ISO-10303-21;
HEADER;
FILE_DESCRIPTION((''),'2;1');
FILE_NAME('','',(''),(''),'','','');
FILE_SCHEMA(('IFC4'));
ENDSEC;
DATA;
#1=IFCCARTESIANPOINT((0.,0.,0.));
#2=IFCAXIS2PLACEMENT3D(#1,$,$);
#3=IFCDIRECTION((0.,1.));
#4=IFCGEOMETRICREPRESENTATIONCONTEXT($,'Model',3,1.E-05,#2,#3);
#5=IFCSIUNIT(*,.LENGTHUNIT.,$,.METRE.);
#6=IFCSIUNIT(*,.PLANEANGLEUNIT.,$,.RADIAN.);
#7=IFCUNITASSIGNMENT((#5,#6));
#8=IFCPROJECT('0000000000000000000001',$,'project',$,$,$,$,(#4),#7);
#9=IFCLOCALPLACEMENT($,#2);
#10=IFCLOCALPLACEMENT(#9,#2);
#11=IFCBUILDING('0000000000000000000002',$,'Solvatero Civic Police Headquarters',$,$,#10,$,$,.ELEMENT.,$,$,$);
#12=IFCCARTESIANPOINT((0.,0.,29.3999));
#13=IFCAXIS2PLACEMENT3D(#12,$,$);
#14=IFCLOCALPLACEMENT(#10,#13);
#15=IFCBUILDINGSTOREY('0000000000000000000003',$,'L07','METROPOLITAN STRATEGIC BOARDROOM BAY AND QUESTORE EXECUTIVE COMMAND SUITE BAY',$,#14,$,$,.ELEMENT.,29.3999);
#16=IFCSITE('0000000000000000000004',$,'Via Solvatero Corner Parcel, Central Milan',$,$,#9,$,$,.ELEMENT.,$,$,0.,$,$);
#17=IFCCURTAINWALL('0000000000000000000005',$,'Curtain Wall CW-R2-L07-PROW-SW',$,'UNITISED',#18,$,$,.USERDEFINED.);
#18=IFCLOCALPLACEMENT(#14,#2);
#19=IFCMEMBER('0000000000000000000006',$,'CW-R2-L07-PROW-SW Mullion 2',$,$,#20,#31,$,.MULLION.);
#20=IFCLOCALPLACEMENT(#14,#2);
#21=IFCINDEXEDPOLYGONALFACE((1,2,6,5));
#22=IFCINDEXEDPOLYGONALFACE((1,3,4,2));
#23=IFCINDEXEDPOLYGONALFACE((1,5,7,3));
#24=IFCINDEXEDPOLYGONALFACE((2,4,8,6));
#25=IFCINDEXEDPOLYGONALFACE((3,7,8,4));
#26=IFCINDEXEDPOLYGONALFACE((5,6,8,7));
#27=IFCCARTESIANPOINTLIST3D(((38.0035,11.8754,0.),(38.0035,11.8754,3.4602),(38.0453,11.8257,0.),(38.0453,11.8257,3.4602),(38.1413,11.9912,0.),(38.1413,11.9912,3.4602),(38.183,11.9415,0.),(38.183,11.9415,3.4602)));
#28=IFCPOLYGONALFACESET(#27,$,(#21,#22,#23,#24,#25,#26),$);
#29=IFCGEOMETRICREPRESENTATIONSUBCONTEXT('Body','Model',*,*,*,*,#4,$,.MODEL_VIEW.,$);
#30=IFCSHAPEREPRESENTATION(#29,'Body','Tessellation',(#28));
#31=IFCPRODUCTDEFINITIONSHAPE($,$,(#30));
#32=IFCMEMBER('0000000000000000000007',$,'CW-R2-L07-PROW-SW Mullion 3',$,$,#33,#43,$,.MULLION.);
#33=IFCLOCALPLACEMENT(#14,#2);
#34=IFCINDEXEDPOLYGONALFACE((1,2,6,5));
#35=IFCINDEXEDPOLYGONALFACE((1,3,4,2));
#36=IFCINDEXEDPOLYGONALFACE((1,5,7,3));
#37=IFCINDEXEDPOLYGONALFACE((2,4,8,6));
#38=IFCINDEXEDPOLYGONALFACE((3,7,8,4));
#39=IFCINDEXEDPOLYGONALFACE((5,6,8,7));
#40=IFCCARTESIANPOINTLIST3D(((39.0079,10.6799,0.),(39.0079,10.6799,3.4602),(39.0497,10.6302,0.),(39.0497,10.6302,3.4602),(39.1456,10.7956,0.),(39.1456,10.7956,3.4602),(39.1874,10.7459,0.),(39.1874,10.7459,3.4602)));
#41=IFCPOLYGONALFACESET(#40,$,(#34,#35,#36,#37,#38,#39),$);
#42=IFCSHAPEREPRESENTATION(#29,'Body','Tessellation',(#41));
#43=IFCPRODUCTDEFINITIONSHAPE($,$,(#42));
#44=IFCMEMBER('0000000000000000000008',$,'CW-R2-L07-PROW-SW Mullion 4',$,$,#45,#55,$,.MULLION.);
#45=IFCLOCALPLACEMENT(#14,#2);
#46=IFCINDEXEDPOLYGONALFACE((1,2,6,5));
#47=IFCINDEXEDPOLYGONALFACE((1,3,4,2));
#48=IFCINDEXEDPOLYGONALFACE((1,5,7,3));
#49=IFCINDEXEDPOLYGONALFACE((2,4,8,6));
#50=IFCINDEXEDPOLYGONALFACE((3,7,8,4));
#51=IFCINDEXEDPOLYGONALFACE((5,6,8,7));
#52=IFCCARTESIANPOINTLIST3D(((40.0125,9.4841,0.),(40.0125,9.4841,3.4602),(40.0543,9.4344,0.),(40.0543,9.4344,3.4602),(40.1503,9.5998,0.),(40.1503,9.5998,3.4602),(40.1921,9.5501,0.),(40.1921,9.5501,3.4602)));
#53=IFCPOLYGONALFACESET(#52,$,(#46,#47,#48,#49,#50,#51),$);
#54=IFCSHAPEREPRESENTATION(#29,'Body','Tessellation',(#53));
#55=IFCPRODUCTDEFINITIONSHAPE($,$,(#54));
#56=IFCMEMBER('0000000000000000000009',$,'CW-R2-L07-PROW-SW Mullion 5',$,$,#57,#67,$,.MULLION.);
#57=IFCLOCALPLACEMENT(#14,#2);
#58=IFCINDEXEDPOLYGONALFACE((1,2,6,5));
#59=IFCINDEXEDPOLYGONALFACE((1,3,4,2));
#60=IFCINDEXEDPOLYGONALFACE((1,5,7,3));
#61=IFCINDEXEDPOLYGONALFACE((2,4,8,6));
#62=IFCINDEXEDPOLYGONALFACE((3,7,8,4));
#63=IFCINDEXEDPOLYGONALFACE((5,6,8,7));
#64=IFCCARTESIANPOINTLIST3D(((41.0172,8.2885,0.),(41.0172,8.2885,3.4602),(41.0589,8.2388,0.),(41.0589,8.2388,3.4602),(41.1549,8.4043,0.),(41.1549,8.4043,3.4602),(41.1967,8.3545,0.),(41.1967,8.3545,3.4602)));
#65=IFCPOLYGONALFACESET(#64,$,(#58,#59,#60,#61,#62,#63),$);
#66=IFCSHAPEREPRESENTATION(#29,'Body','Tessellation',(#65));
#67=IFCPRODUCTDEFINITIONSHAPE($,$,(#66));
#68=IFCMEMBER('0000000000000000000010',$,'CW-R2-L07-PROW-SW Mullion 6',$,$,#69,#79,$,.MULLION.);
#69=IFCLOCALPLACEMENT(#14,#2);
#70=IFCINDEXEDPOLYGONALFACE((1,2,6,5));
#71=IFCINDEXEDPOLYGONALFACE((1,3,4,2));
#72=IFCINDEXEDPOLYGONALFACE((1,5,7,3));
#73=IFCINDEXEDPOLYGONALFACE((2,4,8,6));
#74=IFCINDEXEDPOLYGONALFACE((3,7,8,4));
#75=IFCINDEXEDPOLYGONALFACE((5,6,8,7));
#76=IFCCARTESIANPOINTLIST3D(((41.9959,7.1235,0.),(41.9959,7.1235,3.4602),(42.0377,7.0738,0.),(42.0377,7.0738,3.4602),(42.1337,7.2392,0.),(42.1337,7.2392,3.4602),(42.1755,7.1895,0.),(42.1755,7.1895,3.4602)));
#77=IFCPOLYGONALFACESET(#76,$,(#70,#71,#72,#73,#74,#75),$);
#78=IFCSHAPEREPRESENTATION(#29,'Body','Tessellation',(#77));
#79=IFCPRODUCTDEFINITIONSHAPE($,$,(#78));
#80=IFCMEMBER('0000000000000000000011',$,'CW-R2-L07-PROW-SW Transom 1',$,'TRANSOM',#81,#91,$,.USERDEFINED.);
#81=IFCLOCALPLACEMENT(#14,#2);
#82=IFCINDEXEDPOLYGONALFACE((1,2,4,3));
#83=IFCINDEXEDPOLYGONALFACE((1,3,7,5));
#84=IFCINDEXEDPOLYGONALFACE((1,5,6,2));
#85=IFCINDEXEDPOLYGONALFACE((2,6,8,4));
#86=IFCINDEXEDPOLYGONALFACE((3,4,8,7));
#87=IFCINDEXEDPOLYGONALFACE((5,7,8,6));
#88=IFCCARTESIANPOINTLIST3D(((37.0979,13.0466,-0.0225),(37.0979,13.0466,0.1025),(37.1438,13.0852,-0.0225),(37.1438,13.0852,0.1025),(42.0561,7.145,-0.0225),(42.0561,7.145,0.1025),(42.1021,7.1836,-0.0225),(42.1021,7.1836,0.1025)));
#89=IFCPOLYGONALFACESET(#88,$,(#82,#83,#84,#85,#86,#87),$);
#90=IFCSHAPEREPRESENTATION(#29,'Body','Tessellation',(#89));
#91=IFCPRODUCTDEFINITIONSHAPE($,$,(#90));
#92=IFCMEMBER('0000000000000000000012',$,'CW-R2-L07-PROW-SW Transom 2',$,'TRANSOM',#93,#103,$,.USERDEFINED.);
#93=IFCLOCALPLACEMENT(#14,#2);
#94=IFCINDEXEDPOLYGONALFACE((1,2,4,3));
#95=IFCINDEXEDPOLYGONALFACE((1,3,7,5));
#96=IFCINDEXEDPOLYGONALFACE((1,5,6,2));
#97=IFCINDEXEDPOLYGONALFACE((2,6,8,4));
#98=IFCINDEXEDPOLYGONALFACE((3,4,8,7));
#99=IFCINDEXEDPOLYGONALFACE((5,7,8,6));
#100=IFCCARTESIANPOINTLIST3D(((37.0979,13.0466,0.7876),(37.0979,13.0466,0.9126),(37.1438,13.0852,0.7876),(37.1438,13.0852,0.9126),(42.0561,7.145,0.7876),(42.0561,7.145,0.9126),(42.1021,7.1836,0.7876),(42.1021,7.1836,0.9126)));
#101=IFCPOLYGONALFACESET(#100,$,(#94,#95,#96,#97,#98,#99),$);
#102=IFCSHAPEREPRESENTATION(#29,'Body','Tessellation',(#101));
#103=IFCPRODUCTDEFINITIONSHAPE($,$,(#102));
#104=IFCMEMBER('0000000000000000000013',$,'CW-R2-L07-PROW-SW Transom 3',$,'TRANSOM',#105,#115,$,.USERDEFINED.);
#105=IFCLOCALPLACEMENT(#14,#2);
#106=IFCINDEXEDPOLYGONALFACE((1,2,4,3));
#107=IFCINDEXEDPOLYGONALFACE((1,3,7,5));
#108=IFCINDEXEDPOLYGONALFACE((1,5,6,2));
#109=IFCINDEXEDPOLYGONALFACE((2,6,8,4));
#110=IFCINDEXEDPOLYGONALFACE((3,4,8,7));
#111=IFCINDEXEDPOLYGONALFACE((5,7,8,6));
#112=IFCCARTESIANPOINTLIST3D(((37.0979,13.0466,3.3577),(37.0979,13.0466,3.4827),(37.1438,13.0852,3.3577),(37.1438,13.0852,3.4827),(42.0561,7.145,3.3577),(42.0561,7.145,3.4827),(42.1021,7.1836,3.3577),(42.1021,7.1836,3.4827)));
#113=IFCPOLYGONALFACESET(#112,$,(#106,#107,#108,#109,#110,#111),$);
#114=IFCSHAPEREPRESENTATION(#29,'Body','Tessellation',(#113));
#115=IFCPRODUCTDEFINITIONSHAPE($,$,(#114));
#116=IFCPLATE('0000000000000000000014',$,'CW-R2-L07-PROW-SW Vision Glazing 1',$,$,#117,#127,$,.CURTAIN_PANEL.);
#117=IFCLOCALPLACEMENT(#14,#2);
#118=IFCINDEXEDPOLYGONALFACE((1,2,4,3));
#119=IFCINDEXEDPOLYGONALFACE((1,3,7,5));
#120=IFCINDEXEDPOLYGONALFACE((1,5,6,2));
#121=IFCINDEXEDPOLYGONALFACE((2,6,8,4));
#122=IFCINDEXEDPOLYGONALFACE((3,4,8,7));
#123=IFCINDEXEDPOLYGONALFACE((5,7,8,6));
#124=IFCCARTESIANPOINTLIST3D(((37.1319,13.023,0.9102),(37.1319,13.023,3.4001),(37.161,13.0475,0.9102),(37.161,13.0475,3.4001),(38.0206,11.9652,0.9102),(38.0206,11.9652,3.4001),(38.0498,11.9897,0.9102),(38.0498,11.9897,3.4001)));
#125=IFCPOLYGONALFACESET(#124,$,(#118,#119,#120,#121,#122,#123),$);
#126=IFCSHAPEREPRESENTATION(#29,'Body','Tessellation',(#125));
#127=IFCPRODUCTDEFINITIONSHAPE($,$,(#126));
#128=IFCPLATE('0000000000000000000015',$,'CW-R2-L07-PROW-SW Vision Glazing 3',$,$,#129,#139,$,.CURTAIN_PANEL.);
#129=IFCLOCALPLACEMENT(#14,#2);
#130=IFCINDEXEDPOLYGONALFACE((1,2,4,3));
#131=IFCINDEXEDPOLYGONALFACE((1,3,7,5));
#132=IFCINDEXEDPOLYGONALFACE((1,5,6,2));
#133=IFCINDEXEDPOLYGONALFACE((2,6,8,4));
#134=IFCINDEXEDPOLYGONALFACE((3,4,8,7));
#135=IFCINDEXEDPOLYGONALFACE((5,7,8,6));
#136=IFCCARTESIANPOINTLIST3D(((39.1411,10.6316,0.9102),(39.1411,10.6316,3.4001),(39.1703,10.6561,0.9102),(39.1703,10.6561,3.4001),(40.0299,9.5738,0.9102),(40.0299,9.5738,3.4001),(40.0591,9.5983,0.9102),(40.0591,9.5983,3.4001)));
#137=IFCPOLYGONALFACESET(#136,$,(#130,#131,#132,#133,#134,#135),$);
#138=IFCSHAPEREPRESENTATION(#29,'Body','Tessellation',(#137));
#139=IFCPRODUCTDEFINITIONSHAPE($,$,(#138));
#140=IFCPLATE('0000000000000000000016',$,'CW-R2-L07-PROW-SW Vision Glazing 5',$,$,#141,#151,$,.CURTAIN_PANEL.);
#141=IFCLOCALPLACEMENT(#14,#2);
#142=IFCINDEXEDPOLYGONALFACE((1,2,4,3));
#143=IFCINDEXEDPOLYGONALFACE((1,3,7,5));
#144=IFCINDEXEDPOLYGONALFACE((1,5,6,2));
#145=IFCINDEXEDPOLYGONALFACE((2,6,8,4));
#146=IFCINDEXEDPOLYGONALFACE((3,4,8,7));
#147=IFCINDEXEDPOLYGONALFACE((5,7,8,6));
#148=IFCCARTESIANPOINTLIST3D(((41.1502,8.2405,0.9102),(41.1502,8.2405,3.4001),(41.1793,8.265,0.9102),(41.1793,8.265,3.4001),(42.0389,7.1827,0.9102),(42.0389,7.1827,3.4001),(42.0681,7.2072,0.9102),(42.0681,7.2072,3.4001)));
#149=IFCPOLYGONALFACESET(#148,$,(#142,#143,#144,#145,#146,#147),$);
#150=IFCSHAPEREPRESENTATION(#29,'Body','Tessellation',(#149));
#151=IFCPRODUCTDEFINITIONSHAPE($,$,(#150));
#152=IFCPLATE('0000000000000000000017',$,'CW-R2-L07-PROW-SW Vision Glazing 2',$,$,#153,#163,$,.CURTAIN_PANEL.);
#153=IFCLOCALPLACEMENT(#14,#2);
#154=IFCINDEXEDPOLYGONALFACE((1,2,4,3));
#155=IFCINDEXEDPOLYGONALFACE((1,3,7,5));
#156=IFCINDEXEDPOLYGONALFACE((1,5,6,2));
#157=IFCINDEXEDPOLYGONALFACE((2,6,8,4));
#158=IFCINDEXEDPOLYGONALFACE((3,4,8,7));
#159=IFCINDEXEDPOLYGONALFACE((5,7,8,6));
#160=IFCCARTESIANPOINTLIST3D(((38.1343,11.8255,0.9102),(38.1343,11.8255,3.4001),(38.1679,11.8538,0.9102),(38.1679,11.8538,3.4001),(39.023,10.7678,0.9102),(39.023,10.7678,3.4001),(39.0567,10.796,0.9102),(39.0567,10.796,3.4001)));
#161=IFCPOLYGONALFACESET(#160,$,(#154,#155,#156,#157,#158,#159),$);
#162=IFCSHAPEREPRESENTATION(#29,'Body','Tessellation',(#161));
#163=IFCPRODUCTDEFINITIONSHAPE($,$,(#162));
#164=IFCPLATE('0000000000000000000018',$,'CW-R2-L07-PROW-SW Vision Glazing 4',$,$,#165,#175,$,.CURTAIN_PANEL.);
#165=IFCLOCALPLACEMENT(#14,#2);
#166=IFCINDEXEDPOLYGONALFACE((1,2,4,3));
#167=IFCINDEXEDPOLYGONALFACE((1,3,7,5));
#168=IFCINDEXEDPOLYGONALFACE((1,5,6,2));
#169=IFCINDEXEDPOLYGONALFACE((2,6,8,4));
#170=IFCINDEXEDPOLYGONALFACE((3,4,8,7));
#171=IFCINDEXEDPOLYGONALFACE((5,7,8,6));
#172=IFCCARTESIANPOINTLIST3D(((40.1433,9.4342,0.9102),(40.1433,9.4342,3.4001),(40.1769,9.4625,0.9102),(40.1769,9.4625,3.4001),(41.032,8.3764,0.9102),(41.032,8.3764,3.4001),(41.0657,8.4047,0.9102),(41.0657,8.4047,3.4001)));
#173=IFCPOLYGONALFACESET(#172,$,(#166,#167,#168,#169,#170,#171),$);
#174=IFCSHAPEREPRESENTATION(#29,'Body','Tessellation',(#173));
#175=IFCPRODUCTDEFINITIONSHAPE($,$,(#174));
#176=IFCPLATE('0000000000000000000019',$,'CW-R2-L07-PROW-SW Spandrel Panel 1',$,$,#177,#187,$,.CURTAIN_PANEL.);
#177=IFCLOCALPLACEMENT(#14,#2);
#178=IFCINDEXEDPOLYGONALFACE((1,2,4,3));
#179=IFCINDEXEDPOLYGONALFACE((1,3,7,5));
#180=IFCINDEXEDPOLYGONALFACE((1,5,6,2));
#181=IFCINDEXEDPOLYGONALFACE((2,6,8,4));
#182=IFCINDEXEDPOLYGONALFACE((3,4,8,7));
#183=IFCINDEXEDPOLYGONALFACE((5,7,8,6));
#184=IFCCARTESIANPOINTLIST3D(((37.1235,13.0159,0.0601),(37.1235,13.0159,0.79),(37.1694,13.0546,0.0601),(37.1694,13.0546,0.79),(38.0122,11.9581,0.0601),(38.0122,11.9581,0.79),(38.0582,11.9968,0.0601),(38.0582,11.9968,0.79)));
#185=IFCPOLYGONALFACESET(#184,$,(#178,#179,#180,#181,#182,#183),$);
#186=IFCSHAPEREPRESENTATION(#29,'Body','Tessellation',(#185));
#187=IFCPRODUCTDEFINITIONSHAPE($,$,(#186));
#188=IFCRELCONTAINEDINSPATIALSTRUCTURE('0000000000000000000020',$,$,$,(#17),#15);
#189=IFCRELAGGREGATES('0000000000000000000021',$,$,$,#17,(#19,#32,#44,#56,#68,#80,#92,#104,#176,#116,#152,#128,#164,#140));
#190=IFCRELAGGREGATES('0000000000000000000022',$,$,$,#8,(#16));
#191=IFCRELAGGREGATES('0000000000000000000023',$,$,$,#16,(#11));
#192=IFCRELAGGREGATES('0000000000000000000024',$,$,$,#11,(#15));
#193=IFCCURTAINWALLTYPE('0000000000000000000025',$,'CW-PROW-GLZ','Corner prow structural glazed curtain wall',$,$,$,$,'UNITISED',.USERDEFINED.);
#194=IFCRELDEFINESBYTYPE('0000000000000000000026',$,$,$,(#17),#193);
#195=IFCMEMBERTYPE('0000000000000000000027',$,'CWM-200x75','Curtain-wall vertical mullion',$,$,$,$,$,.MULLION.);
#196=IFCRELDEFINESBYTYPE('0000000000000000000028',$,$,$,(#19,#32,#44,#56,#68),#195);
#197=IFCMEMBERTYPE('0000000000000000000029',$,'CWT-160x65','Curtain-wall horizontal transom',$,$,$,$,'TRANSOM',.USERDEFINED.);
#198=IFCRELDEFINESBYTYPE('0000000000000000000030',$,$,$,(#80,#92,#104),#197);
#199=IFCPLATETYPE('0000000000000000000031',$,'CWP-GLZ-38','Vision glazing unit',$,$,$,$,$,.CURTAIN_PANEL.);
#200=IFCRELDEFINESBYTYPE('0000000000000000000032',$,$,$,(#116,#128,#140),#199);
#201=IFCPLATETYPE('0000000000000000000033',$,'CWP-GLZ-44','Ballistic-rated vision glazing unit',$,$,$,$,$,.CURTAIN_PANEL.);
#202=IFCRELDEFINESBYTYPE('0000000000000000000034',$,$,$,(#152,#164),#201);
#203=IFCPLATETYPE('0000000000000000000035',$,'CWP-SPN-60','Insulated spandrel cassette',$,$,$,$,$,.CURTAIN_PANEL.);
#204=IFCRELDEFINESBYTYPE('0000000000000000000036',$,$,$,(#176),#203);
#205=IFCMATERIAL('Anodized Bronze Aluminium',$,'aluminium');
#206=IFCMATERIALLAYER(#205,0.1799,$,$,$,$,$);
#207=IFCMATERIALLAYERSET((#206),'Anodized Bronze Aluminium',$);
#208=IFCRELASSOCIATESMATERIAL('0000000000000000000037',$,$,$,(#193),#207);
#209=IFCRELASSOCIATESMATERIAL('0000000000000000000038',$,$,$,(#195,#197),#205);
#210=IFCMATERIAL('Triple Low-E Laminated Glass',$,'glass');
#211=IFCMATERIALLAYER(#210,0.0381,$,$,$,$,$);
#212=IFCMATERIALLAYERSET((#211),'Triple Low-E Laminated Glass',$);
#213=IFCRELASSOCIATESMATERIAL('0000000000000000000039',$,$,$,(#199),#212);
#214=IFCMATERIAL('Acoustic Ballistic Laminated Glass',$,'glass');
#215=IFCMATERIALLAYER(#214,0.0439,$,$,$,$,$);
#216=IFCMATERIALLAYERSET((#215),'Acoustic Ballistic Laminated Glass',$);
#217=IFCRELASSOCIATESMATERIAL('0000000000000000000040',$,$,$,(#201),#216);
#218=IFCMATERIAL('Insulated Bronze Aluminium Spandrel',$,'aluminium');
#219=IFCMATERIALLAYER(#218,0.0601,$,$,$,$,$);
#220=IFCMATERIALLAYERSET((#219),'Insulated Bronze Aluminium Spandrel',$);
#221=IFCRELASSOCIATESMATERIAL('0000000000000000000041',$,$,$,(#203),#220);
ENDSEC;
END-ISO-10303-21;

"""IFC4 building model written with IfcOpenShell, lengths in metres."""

from ifc_helpers import new_model, si_unit, direction, frame, origin, origin_2d, place, context, subcontext, project, spatial, rectangle, extrude, material, layer, layer_set, material_profile, profile_set, type_object, element, aggregate, save


model = new_model("IFC4")

# Units and contexts
model_context = context("Model", 3, precision=1e-05, world=origin(), true_north=direction((0.0, 1.0)))
body_context = subcontext(model_context, "Body", "Model", "MODEL_VIEW")
ifc_project = project(units=[si_unit("LENGTHUNIT", "METRE"), si_unit("PLANEANGLEUNIT", "RADIAN")], contexts=[model_context])

# Site, building, storey
site_placement = place(None, origin())
site = spatial("IfcSite", under=ifc_project, at=site_placement, Name="Via Solvatero Corner Parcel, Central Milan", CompositionType="ELEMENT", RefElevation=0.0)
building_placement = place(site_placement, origin())
building = spatial("IfcBuilding", under=site, at=building_placement, Name="Solvatero Civic Police Headquarters", CompositionType="ELEMENT")
storey_placement = place(building_placement, frame((0.0, 0.0, 29.3999)))
storey = spatial("IfcBuildingStorey", under=building, at=storey_placement, Name="L07", Description="METROPOLITAN STRATEGIC BOARDROOM BAY AND QUESTORE EXECUTIVE COMMAND SUITE BAY", CompositionType="ELEMENT", Elevation=29.3999)

# Curtain wall, members, plates
ifc_material_1 = material(Name="Anodized Bronze Aluminium", Category="aluminium")
ifc_layer_1 = layer(ifc_material_1, 0.1799)
ifc_layer_set_1 = layer_set([ifc_layer_1], Name="Anodized Bronze Aluminium")
curtain_wall_type = type_object("IfcCurtainWallType", Name="CW-PROW-GLZ", Description="Corner prow structural glazed curtain wall", ElementType="UNITISED", PredefinedType="USERDEFINED", material=ifc_layer_set_1)
curtain_wall_placement = place(storey_placement, origin())
curtain_wall = element("IfcCurtainWall", 1, at=curtain_wall_placement, inside=storey, type_object=curtain_wall_type, Name="Curtain Wall CW-R2-L07-PROW-SW", ObjectType="UNITISED", PredefinedType="USERDEFINED")
ifc_material_profile_1 = material_profile(ifc_material_1, rectangle(XDim=0.0649, YDim=0.1799, at=origin_2d()), Name="ALU MULLION 65x180")
ifc_profile_set_1 = profile_set([ifc_material_profile_1], Name="Anodized Bronze Aluminium")
member_type_1 = type_object("IfcMemberType", Name="CWM-200x75", Description="Curtain-wall vertical mullion", PredefinedType="MULLION", material=ifc_profile_set_1)
member_1_placement = place(storey_placement, frame((38.0933, 11.9084, 0.0), z_axis=(0.0, 0.0, 1.0), x_axis=(0.643282, -0.765629, 0.0)))
member_1 = element("IfcMember", 2, at=member_1_placement, type_object=member_type_1, Name="CW-R2-L07-PROW-SW Mullion 2", PredefinedType="MULLION", context=body_context, shape_type="SweptSolid", body=[
    extrude(rectangle(XDim=0.0649, YDim=0.1799, at=origin_2d()), origin(), (0.0, 0.0, 1.0), 3.4602),
])
member_2_placement = place(storey_placement, frame((39.0977, 10.7129, 0.0), z_axis=(0.0, 0.0, 1.0), x_axis=(0.643282, -0.765629, 0.0)))
member_2 = element("IfcMember", 3, at=member_2_placement, type_object=member_type_1, Name="CW-R2-L07-PROW-SW Mullion 3", PredefinedType="MULLION", context=body_context, shape_type="SweptSolid", body=[
    extrude(rectangle(XDim=0.0649, YDim=0.1799, at=origin_2d()), origin(), (0.0, 0.0, 1.0), 3.4602),
])
member_3_placement = place(storey_placement, frame((40.1023, 9.5171, 0.0), z_axis=(0.0, 0.0, 1.0), x_axis=(0.643282, -0.765629, 0.0)))
member_3 = element("IfcMember", 4, at=member_3_placement, type_object=member_type_1, Name="CW-R2-L07-PROW-SW Mullion 4", PredefinedType="MULLION", context=body_context, shape_type="SweptSolid", body=[
    extrude(rectangle(XDim=0.0649, YDim=0.1799, at=origin_2d()), origin(), (0.0, 0.0, 1.0), 3.4602),
])
member_4_placement = place(storey_placement, frame((41.1069, 8.3215, 0.0), z_axis=(0.0, 0.0, 1.0), x_axis=(0.643282, -0.765629, 0.0)))
member_4 = element("IfcMember", 5, at=member_4_placement, type_object=member_type_1, Name="CW-R2-L07-PROW-SW Mullion 5", PredefinedType="MULLION", context=body_context, shape_type="SweptSolid", body=[
    extrude(rectangle(XDim=0.0649, YDim=0.1799, at=origin_2d()), origin(), (0.0, 0.0, 1.0), 3.4602),
])
member_5_placement = place(storey_placement, frame((42.0857, 7.1565, 0.0), z_axis=(0.0, 0.0, 1.0), x_axis=(0.643282, -0.765629, 0.0)))
member_5 = element("IfcMember", 6, at=member_5_placement, type_object=member_type_1, Name="CW-R2-L07-PROW-SW Mullion 6", PredefinedType="MULLION", context=body_context, shape_type="SweptSolid", body=[
    extrude(rectangle(XDim=0.0649, YDim=0.1799, at=origin_2d()), origin(), (0.0, 0.0, 1.0), 3.4602),
])
ifc_material_profile_2 = material_profile(ifc_material_1, rectangle(XDim=0.0601, YDim=0.125, at=origin_2d()), Name="ALU TRANSOM 60x125")
ifc_profile_set_2 = profile_set([ifc_material_profile_2], Name="Anodized Bronze Aluminium")
member_type_2 = type_object("IfcMemberType", Name="CWT-160x65", Description="Curtain-wall horizontal transom", ElementType="TRANSOM", PredefinedType="USERDEFINED", material=ifc_profile_set_2)
member_6_placement = place(storey_placement, frame((37.1208, 13.0659, 0.04), z_axis=(0.64326, -0.765647, 0.0), x_axis=(0.765647, 0.64326, 0.0)))
member_6 = element("IfcMember", 7, at=member_6_placement, type_object=member_type_2, Name="CW-R2-L07-PROW-SW Transom 1", ObjectType="TRANSOM", PredefinedType="USERDEFINED", context=body_context, shape_type="SweptSolid", body=[
    extrude(rectangle(XDim=0.0601, YDim=0.125, at=origin_2d()), origin(), (0.0, 0.0, 1.0), 7.708),
])
member_7_placement = place(storey_placement, frame((37.1208, 13.0659, 0.8501), z_axis=(0.64326, -0.765647, 0.0), x_axis=(0.765647, 0.64326, 0.0)))
member_7 = element("IfcMember", 8, at=member_7_placement, type_object=member_type_2, Name="CW-R2-L07-PROW-SW Transom 2", ObjectType="TRANSOM", PredefinedType="USERDEFINED", context=body_context, shape_type="SweptSolid", body=[
    extrude(rectangle(XDim=0.0601, YDim=0.125, at=origin_2d()), origin(), (0.0, 0.0, 1.0), 7.708),
])
member_8_placement = place(storey_placement, frame((37.1208, 13.0659, 3.4202), z_axis=(0.64326, -0.765647, 0.0), x_axis=(0.765647, 0.64326, 0.0)))
member_8 = element("IfcMember", 9, at=member_8_placement, type_object=member_type_2, Name="CW-R2-L07-PROW-SW Transom 3", ObjectType="TRANSOM", PredefinedType="USERDEFINED", context=body_context, shape_type="SweptSolid", body=[
    extrude(rectangle(XDim=0.0601, YDim=0.125, at=origin_2d()), origin(), (0.0, 0.0, 1.0), 7.708),
])
ifc_material_2 = material(Name="Triple Low-E Laminated Glass", Category="glass")
ifc_layer_2 = layer(ifc_material_2, 0.0381)
ifc_layer_set_2 = layer_set([ifc_layer_2], Name="Triple Low-E Laminated Glass")
plate_type_1 = type_object("IfcPlateType", Name="CWP-GLZ-38", Description="Vision glazing unit", PredefinedType="CURTAIN_PANEL", material=ifc_layer_set_2)
plate_1_placement = place(storey_placement, frame((37.5908, 12.5063, 0.9102), z_axis=(0.0, 0.0, 1.0), x_axis=(0.643282, -0.765629, 0.0)))
plate_1 = element("IfcPlate", 10, at=plate_1_placement, type_object=plate_type_1, Name="CW-R2-L07-PROW-SW Vision Glazing 1", PredefinedType="CURTAIN_PANEL", context=body_context, shape_type="SweptSolid", body=[
    extrude(rectangle(XDim=1.3816, YDim=0.0381, at=origin_2d()), origin(), (0.0, 0.0, 1.0), 2.49),
])
plate_2_placement = place(storey_placement, frame((39.6001, 10.115, 0.9102), z_axis=(0.0, 0.0, 1.0), x_axis=(0.643282, -0.765629, 0.0)))
plate_2 = element("IfcPlate", 11, at=plate_2_placement, type_object=plate_type_1, Name="CW-R2-L07-PROW-SW Vision Glazing 3", PredefinedType="CURTAIN_PANEL", context=body_context, shape_type="SweptSolid", body=[
    extrude(rectangle(XDim=1.3816, YDim=0.0381, at=origin_2d()), origin(), (0.0, 0.0, 1.0), 2.49),
])
plate_3_placement = place(storey_placement, frame((41.6091, 7.7239, 0.9102), z_axis=(0.0, 0.0, 1.0), x_axis=(0.643282, -0.765629, 0.0)))
plate_3 = element("IfcPlate", 12, at=plate_3_placement, type_object=plate_type_1, Name="CW-R2-L07-PROW-SW Vision Glazing 5", PredefinedType="CURTAIN_PANEL", context=body_context, shape_type="SweptSolid", body=[
    extrude(rectangle(XDim=1.3816, YDim=0.0381, at=origin_2d()), origin(), (0.0, 0.0, 1.0), 2.49),
])
ifc_material_3 = material(Name="Acoustic Ballistic Laminated Glass", Category="glass")
ifc_layer_3 = layer(ifc_material_3, 0.0439)
ifc_layer_set_3 = layer_set([ifc_layer_3], Name="Acoustic Ballistic Laminated Glass")
plate_type_2 = type_object("IfcPlateType", Name="CWP-GLZ-44", Description="Ballistic-rated vision glazing unit", PredefinedType="CURTAIN_PANEL", material=ifc_layer_set_3)
plate_4_placement = place(storey_placement, frame((38.5955, 11.3108, 0.9102), z_axis=(0.0, 0.0, 1.0), x_axis=(0.643282, -0.765629, 0.0)))
plate_4 = element("IfcPlate", 13, at=plate_4_placement, type_object=plate_type_2, Name="CW-R2-L07-PROW-SW Vision Glazing 2", PredefinedType="CURTAIN_PANEL", context=body_context, shape_type="SweptSolid", body=[
    extrude(rectangle(XDim=1.3816, YDim=0.0439, at=origin_2d()), origin(), (0.0, 0.0, 1.0), 2.49),
])
plate_5_placement = place(storey_placement, frame((40.6045, 8.9194, 0.9102), z_axis=(0.0, 0.0, 1.0), x_axis=(0.643282, -0.765629, 0.0)))
plate_5 = element("IfcPlate", 14, at=plate_5_placement, type_object=plate_type_2, Name="CW-R2-L07-PROW-SW Vision Glazing 4", PredefinedType="CURTAIN_PANEL", context=body_context, shape_type="SweptSolid", body=[
    extrude(rectangle(XDim=1.3816, YDim=0.0439, at=origin_2d()), origin(), (0.0, 0.0, 1.0), 2.49),
])
ifc_material_4 = material(Name="Insulated Bronze Aluminium Spandrel", Category="aluminium")
ifc_layer_4 = layer(ifc_material_4, 0.0601)
ifc_layer_set_4 = layer_set([ifc_layer_4], Name="Insulated Bronze Aluminium Spandrel")
plate_type_3 = type_object("IfcPlateType", Name="CWP-SPN-60", Description="Insulated spandrel cassette", PredefinedType="CURTAIN_PANEL", material=ifc_layer_set_4)
plate_6_placement = place(storey_placement, frame((37.5908, 12.5063, 0.0601), z_axis=(0.0, 0.0, 1.0), x_axis=(0.643282, -0.765629, 0.0)))
plate_6 = element("IfcPlate", 15, at=plate_6_placement, type_object=plate_type_3, Name="CW-R2-L07-PROW-SW Spandrel Panel 1", PredefinedType="CURTAIN_PANEL", context=body_context, shape_type="SweptSolid", body=[
    extrude(rectangle(XDim=1.3816, YDim=0.0601, at=origin_2d()), origin(), (0.0, 0.0, 1.0), 0.73),
])
aggregate(curtain_wall, [member_1, member_2, member_3, member_4, member_5, member_6, member_7, member_8, plate_6, plate_1, plate_4, plate_2, plate_5, plate_3])

save(model, "model.ifc")
